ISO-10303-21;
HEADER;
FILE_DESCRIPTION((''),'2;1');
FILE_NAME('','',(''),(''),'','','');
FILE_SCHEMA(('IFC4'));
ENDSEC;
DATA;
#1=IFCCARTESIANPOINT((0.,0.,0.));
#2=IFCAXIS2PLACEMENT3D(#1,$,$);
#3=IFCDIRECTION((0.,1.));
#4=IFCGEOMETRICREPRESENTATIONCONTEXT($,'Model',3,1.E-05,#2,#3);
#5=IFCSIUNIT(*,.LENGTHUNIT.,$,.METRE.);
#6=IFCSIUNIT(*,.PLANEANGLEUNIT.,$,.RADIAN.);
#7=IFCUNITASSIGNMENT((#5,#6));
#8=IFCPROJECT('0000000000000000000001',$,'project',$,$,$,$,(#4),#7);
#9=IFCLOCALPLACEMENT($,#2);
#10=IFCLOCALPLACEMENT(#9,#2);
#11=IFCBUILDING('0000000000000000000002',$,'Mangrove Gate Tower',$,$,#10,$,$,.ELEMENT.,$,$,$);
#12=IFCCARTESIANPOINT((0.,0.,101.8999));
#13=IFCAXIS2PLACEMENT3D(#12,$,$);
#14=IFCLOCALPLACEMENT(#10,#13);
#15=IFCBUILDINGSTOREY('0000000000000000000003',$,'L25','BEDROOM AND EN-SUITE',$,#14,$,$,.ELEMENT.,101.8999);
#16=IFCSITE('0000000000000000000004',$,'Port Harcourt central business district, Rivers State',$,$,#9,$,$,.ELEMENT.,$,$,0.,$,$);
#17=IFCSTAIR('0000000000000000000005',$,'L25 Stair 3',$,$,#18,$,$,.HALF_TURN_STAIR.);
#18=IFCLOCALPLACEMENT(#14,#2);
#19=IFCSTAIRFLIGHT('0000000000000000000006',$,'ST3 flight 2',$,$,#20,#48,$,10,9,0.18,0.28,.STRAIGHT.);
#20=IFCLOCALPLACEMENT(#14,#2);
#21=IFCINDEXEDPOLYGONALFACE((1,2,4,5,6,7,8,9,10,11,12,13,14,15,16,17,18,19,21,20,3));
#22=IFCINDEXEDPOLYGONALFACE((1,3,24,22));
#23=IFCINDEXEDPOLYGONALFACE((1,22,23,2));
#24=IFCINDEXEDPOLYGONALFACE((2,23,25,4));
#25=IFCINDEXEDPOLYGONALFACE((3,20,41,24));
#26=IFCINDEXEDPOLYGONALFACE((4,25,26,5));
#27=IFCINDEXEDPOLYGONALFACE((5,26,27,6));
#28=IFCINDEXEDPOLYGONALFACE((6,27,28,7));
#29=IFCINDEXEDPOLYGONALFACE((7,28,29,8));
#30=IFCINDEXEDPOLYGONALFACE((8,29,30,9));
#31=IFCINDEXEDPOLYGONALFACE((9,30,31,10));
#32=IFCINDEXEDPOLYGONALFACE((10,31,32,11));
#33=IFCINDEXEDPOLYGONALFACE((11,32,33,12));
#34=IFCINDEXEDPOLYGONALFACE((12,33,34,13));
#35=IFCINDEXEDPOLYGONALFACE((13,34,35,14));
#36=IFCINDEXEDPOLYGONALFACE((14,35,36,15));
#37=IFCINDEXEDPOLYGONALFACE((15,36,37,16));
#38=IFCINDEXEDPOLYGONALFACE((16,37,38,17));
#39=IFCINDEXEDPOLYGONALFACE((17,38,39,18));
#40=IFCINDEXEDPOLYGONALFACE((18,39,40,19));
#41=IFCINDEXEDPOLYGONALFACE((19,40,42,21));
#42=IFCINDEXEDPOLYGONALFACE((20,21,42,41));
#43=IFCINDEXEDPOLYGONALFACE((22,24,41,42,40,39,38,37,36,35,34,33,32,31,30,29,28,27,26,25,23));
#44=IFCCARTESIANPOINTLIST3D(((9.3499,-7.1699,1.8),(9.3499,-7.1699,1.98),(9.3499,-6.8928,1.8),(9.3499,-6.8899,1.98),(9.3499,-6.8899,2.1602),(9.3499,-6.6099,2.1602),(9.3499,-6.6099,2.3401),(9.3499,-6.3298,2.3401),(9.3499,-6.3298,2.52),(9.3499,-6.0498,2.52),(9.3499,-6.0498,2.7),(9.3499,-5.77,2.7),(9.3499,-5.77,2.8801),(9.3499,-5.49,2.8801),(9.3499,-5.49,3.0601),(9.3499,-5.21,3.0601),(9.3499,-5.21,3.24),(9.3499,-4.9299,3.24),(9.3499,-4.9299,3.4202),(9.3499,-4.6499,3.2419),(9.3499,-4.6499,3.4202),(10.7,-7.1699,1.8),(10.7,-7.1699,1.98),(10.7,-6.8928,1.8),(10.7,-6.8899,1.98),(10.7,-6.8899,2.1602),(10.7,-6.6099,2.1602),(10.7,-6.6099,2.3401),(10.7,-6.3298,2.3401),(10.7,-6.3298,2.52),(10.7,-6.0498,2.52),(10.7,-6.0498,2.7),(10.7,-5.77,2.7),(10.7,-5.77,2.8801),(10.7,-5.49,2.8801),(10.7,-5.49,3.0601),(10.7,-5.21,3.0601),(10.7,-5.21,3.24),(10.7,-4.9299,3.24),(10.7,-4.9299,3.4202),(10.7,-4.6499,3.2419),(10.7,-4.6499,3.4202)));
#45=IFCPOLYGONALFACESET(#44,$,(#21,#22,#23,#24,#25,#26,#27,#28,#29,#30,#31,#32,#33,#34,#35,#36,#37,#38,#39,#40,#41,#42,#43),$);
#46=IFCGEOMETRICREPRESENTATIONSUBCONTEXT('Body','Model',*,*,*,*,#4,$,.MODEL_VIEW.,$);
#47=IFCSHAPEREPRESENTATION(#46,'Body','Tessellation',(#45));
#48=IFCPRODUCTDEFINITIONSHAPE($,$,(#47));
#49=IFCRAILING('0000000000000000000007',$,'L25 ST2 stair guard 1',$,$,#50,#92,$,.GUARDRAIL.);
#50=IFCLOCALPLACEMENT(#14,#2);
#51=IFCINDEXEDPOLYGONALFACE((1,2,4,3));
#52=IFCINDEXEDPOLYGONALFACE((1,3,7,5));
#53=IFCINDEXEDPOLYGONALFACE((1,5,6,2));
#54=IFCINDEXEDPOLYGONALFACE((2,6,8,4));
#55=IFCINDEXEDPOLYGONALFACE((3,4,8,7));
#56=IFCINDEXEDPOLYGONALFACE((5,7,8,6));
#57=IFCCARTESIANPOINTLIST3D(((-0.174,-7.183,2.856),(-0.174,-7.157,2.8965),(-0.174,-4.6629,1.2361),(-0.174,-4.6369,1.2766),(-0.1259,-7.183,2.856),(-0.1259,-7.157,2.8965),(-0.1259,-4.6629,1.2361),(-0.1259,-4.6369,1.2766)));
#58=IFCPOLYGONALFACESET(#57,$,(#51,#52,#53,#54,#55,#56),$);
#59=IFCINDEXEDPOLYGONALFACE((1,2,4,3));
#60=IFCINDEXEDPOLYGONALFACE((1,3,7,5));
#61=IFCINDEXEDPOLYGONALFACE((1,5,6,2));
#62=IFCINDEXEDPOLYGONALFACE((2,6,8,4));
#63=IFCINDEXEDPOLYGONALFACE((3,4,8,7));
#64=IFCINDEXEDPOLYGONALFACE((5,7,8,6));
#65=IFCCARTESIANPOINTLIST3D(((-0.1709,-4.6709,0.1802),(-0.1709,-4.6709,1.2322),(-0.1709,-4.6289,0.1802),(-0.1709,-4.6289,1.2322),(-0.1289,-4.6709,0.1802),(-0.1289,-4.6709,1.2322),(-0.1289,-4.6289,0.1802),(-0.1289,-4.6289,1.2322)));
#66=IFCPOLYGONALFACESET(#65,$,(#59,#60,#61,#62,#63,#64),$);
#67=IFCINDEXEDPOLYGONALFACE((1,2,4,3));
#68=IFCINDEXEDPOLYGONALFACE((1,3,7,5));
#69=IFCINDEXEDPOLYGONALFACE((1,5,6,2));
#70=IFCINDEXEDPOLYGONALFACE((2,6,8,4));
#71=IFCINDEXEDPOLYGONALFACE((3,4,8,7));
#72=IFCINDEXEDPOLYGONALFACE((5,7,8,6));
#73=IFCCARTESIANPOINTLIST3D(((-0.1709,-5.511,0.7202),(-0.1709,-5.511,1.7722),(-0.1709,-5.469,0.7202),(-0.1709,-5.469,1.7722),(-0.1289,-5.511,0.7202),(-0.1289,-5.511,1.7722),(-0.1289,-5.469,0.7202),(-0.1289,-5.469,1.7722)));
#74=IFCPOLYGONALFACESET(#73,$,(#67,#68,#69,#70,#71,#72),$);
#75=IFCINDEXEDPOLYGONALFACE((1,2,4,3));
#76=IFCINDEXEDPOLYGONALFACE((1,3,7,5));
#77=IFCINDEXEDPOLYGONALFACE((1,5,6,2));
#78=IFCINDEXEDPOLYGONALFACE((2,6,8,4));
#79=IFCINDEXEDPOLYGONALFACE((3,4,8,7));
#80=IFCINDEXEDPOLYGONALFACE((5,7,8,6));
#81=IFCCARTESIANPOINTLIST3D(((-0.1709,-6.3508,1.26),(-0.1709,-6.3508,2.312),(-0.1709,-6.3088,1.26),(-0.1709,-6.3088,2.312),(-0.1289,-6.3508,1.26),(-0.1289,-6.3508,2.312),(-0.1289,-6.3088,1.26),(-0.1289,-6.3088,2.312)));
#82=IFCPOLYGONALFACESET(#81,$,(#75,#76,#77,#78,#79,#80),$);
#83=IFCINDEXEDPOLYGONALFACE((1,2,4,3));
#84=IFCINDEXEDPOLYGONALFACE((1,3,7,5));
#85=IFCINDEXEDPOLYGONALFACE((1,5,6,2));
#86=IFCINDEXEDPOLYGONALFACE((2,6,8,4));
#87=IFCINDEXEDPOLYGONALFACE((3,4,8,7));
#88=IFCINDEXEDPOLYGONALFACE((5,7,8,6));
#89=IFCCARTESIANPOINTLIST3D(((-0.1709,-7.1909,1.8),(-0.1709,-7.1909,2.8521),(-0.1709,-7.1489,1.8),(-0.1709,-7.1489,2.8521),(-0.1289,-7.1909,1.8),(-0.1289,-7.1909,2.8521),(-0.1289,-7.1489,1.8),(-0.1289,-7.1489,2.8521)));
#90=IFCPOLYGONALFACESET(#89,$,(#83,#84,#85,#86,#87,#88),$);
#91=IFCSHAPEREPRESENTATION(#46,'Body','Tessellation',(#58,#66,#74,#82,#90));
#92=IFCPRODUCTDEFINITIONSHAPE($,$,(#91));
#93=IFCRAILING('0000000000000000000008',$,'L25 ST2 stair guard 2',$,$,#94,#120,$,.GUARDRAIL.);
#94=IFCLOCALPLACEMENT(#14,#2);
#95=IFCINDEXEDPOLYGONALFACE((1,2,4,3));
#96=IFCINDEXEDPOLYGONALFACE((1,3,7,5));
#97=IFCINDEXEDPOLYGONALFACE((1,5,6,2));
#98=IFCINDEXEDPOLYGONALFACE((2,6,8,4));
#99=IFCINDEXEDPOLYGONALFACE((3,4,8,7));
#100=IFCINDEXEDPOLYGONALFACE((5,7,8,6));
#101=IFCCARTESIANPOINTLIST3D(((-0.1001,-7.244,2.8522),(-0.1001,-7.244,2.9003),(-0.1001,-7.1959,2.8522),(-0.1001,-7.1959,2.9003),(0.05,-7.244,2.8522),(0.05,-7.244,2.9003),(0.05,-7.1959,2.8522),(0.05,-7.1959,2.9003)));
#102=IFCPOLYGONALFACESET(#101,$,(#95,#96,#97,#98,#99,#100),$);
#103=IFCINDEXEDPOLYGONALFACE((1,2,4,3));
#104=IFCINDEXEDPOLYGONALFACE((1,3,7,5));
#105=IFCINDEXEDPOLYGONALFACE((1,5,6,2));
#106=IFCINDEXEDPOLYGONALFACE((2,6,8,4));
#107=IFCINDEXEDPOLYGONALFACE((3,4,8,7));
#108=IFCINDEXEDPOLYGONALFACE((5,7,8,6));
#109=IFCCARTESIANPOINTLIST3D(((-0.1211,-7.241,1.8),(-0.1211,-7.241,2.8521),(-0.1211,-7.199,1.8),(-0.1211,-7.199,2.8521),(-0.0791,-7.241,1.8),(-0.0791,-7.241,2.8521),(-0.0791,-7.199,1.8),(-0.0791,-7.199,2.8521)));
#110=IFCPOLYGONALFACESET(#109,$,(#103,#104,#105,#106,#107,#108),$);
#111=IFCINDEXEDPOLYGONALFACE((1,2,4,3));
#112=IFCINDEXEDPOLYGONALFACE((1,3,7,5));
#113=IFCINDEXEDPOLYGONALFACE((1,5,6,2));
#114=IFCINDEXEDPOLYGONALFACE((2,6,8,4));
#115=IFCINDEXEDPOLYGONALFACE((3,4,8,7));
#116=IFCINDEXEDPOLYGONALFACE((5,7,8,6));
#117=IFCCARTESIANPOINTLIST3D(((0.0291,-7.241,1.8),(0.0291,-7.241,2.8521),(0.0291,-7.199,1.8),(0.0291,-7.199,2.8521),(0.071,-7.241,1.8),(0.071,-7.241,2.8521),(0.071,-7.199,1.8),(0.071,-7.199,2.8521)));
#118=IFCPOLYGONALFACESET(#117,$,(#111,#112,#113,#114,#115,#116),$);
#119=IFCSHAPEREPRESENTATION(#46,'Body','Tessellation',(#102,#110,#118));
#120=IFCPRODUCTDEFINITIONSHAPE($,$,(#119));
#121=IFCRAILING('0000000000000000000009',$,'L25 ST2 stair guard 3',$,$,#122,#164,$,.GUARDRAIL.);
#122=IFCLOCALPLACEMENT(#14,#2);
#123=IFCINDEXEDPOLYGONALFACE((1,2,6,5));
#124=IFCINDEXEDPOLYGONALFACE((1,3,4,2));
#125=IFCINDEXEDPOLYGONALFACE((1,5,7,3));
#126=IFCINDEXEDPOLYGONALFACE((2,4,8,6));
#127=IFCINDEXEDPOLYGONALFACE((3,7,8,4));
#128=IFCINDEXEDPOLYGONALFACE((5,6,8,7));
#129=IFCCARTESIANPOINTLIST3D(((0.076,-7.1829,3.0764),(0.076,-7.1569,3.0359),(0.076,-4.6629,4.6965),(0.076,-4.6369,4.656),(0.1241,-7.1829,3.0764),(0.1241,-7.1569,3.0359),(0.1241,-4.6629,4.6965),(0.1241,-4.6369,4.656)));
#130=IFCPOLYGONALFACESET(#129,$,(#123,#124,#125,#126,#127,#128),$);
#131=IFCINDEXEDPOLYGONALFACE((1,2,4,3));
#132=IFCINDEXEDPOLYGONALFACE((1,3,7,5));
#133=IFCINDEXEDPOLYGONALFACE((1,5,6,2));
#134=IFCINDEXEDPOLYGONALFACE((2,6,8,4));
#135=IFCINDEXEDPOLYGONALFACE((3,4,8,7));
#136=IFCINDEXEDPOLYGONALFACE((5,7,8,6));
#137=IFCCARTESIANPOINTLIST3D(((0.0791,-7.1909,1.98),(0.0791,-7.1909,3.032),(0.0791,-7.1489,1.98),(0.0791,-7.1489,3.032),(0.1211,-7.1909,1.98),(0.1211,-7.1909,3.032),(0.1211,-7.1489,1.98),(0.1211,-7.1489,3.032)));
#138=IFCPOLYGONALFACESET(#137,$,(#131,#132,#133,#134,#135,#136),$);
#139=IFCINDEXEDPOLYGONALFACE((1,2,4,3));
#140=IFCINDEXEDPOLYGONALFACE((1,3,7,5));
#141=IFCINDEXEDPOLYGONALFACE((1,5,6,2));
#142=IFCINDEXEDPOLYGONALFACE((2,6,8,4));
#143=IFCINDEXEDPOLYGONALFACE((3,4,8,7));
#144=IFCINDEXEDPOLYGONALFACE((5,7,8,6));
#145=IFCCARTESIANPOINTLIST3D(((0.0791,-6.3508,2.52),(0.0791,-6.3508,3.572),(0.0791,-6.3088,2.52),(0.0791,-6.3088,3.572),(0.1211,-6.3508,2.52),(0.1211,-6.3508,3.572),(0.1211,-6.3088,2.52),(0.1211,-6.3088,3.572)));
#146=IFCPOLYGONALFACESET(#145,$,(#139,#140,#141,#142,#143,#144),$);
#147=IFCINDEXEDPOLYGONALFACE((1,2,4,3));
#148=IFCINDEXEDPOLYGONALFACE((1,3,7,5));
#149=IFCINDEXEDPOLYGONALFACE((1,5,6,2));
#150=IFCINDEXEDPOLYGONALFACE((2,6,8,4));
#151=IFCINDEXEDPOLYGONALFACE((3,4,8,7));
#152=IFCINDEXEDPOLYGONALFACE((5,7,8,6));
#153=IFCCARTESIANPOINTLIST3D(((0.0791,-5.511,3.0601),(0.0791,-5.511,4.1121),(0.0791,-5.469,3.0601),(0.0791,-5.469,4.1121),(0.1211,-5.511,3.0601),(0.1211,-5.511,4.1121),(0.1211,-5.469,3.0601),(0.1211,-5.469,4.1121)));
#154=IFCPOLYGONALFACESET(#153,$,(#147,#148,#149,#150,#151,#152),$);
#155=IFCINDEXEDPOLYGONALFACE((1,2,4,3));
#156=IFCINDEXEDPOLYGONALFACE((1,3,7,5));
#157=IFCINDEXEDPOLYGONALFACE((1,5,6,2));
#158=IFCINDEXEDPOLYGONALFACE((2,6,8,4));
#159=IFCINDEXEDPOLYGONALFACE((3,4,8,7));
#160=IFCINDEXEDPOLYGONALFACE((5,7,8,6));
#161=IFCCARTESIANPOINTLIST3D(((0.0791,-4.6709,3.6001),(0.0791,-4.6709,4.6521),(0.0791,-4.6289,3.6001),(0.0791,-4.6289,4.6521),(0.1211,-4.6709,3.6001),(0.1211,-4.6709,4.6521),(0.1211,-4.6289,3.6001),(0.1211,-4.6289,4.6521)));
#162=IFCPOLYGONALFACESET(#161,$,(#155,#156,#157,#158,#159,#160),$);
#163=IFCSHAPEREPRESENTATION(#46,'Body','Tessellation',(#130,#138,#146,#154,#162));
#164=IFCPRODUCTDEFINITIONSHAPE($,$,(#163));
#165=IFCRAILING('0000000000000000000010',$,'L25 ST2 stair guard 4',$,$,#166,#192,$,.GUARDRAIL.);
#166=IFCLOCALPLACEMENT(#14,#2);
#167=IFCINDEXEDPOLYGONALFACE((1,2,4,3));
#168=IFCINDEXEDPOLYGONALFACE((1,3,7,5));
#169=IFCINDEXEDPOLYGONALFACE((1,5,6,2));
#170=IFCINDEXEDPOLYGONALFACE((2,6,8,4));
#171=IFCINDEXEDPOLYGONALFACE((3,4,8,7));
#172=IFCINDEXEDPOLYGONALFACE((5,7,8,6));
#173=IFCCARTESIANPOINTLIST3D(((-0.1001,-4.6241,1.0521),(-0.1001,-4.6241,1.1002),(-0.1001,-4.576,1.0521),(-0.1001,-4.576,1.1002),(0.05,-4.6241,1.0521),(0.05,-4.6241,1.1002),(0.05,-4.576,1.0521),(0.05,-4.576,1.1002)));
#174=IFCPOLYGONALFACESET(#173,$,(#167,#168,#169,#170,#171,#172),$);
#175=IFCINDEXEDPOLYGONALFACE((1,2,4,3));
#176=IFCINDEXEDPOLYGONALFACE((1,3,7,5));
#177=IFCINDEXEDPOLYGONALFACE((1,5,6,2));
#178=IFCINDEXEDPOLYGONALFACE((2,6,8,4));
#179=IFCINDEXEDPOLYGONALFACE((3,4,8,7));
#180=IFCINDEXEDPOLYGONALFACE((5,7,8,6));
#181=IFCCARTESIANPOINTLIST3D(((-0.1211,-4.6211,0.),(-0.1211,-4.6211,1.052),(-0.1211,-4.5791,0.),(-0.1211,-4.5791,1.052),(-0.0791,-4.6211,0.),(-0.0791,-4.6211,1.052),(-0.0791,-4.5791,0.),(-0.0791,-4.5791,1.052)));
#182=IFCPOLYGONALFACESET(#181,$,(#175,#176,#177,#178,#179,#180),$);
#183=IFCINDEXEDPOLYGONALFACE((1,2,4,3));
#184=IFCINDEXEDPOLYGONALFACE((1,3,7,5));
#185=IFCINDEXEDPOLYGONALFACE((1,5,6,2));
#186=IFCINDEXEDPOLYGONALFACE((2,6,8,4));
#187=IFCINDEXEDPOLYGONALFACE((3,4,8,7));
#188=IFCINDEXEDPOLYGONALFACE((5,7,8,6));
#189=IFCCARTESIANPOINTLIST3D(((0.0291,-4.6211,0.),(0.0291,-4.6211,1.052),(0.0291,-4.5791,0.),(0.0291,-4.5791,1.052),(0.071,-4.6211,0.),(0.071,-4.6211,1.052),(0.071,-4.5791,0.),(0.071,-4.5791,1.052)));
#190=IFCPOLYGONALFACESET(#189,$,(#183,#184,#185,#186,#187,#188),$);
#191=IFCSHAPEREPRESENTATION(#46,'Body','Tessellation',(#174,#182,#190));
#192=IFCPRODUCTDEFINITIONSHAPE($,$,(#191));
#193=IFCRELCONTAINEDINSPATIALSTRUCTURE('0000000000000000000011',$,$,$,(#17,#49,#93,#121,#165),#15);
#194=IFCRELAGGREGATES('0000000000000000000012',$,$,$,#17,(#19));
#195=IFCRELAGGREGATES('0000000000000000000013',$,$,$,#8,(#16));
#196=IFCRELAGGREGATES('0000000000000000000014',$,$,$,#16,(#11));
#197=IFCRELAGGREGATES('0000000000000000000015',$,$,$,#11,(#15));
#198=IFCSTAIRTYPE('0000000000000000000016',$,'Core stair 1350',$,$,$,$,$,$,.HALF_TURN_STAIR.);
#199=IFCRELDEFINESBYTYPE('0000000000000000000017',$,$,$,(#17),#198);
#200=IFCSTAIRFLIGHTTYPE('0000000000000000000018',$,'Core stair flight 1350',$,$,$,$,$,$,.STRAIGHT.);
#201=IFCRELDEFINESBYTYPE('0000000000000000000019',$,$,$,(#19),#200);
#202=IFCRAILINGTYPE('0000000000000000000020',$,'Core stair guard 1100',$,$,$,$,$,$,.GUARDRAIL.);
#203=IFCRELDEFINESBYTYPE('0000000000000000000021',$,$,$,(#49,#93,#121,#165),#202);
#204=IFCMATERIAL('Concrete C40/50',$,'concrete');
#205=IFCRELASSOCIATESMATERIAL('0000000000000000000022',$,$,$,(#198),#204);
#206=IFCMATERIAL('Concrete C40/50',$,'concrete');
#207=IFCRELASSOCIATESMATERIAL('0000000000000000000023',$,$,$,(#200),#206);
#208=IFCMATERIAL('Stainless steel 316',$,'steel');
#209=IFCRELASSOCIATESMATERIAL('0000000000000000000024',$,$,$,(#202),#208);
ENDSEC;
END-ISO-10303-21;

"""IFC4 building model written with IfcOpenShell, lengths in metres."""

from ifc_helpers import new_model, si_unit, direction, frame, origin, origin_2d, place, context, subcontext, project, spatial, polyline, rectangle, outline, extrude, material, type_object, element, aggregate, save


model = new_model("IFC4")

# Units and contexts
model_context = context("Model", 3, precision=1e-05, world=origin(), true_north=direction((0.0, 1.0)))
body_context = subcontext(model_context, "Body", "Model", "MODEL_VIEW")
ifc_project = project(units=[si_unit("LENGTHUNIT", "METRE"), si_unit("PLANEANGLEUNIT", "RADIAN")], contexts=[model_context])

# Site, building, storey
site_placement = place(None, origin())
site = spatial("IfcSite", under=ifc_project, at=site_placement, Name="Port Harcourt central business district, Rivers State", CompositionType="ELEMENT", RefElevation=0.0)
building_placement = place(site_placement, origin())
building = spatial("IfcBuilding", under=site, at=building_placement, Name="Mangrove Gate Tower", CompositionType="ELEMENT")
storey_placement = place(building_placement, frame((0.0, 0.0, 101.8999)))
storey = spatial("IfcBuildingStorey", under=building, at=storey_placement, Name="L25", Description="BEDROOM AND EN-SUITE", CompositionType="ELEMENT", Elevation=101.8999)

# Shared definitions
ifc_material_1 = material(Name="Concrete C40/50", Category="concrete")
stair_type = type_object("IfcStairType", Name="Core stair 1350", PredefinedType="HALF_TURN_STAIR", material=ifc_material_1)
ifc_material_2 = material(Name="Concrete C40/50", Category="concrete")
stair_flight_type = type_object("IfcStairFlightType", Name="Core stair flight 1350", PredefinedType="STRAIGHT", material=ifc_material_2)

# Stair, stair flight
stair_1_placement = place(storey_placement, origin())
stair_1 = element("IfcStair", 1, at=stair_1_placement, inside=storey, type_object=stair_type, Name="L25 Stair 3", PredefinedType="HALF_TURN_STAIR")
stair_flight_1_placement = place(storey_placement, frame((10.0249, -7.1699, 1.8), z_axis=(0.0, 0.0, 1.0), x_axis=(0.0, 1.0, 0.0)))
stair_flight_1 = element("IfcStairFlight", 2, at=stair_flight_1_placement, type_object=stair_flight_type, Name="ST3 flight 2", NumberOfRisers=10, NumberOfTreads=9, PredefinedType="STRAIGHT", RiserHeight=0.18, TreadLength=0.28, context=body_context, shape_type="SweptSolid", body=[
    extrude(outline(polyline([(0.0, 0.0), (0.0, 0.1799), (0.28, 0.1799), (0.28, 0.3601), (0.5601, 0.3601), (0.5601, 0.54), (0.8401, 0.54), (0.8401, 0.72), (1.1201, 0.72), (1.1201, 0.8999), (1.3999, 0.8999), (1.3999, 1.0801), (1.6799, 1.0801), (1.6799, 1.26), (1.96, 1.26), (1.96, 1.4399), (2.24, 1.4399), (2.24, 1.6201), (2.52, 1.6201), (2.52, 1.8), (2.52, 1.4419), (0.2771, 0.0), (0.0, 0.0)])), frame((0.0, 0.675, 0.0), z_axis=(0.0, -1.0, 0.0), x_axis=(1.0, 0.0, 0.0)), (0.0, 0.0, 1.0), 1.3501),
])
aggregate(stair_1, [stair_flight_1])

# Railings
ifc_material_3 = material(Name="Stainless steel 316", Category="steel")
railing_type_1 = type_object("IfcRailingType", Name="Core stair guard 1100", PredefinedType="GUARDRAIL", material=ifc_material_3)
railing_1_placement = place(storey_placement, frame((-0.1499, -4.6499, 0.1802)))
element("IfcRailing", 3, at=railing_1_placement, inside=storey, type_object=railing_type_1, Name="L25 ST2 stair guard 1", PredefinedType="GUARDRAIL", context=body_context, shape_type="SweptSolid", body=[
    extrude(rectangle(XDim=0.0481, YDim=0.0481, at=origin_2d()), frame((0.0, 0.0, 1.0762), z_axis=(0.0, -0.8412, 0.540725), x_axis=(1.0, 0.0, 0.0)), (0.0, 0.0, 1.0), 2.9958),
    extrude(rectangle(XDim=0.042, YDim=0.042, at=origin_2d()), origin(), (0.0, 0.0, 1.0), 1.052),
    extrude(rectangle(XDim=0.042, YDim=0.042, at=origin_2d()), frame((0.0, -0.8401, 0.54)), (0.0, 0.0, 1.0), 1.052),
    extrude(rectangle(XDim=0.042, YDim=0.042, at=origin_2d()), frame((0.0, -1.6799, 1.0798)), (0.0, 0.0, 1.0), 1.052),
    extrude(rectangle(XDim=0.042, YDim=0.042, at=origin_2d()), frame((0.0, -2.52, 1.6199)), (0.0, 0.0, 1.0), 1.052),
])
railing_2_placement = place(storey_placement, frame((-0.1001, -7.22, 1.8)))
element("IfcRailing", 4, at=railing_2_placement, inside=storey, type_object=railing_type_1, Name="L25 ST2 stair guard 2", PredefinedType="GUARDRAIL", context=body_context, shape_type="SweptSolid", body=[
    extrude(rectangle(XDim=0.0481, YDim=0.0481, at=origin_2d()), frame((0.0, 0.0, 1.0762), z_axis=(1.0, 0.0, 0.0), x_axis=(0.0, 1.0, 0.0)), (0.0, 0.0, 1.0), 0.1501),
    extrude(rectangle(XDim=0.042, YDim=0.042, at=origin_2d()), origin(), (0.0, 0.0, 1.0), 1.052),
    extrude(rectangle(XDim=0.042, YDim=0.042, at=origin_2d()), frame((0.1501, 0.0, 0.0)), (0.0, 0.0, 1.0), 1.052),
])
railing_3_placement = place(storey_placement, frame((0.1001, -7.1699, 1.98)))
element("IfcRailing", 5, at=railing_3_placement, inside=storey, type_object=railing_type_1, Name="L25 ST2 stair guard 3", PredefinedType="GUARDRAIL", context=body_context, shape_type="SweptSolid", body=[
    extrude(rectangle(XDim=0.0481, YDim=0.0481, at=origin_2d()), frame((0.0, 0.0, 1.0762), z_axis=(0.0, 0.841163, 0.540782), x_axis=(-1.0, 0.0, 0.0)), (0.0, 0.0, 1.0), 2.9958),
    extrude(rectangle(XDim=0.042, YDim=0.042, at=origin_2d()), origin(), (0.0, 0.0, 1.0), 1.052),
    extrude(rectangle(XDim=0.042, YDim=0.042, at=origin_2d()), frame((0.0, 0.8401, 0.54)), (0.0, 0.0, 1.0), 1.052),
    extrude(rectangle(XDim=0.042, YDim=0.042, at=origin_2d()), frame((0.0, 1.6799, 1.0801)), (0.0, 0.0, 1.0), 1.052),
    extrude(rectangle(XDim=0.042, YDim=0.042, at=origin_2d()), frame((0.0, 2.52, 1.6201)), (0.0, 0.0, 1.0), 1.052),
])
railing_4_placement = place(storey_placement, frame((-0.1001, -4.6001, 0.0)))
element("IfcRailing", 6, at=railing_4_placement, inside=storey, type_object=railing_type_1, Name="L25 ST2 stair guard 4", PredefinedType="GUARDRAIL", context=body_context, shape_type="SweptSolid", body=[
    extrude(rectangle(XDim=0.0481, YDim=0.0481, at=origin_2d()), frame((0.0, 0.0, 1.0762), z_axis=(1.0, 0.0, 0.0), x_axis=(0.0, 1.0, 0.0)), (0.0, 0.0, 1.0), 0.1501),
    extrude(rectangle(XDim=0.042, YDim=0.042, at=origin_2d()), origin(), (0.0, 0.0, 1.0), 1.052),
    extrude(rectangle(XDim=0.042, YDim=0.042, at=origin_2d()), frame((0.1501, 0.0, 0.0)), (0.0, 0.0, 1.0), 1.052),
])

save(model, "model.ifc")
